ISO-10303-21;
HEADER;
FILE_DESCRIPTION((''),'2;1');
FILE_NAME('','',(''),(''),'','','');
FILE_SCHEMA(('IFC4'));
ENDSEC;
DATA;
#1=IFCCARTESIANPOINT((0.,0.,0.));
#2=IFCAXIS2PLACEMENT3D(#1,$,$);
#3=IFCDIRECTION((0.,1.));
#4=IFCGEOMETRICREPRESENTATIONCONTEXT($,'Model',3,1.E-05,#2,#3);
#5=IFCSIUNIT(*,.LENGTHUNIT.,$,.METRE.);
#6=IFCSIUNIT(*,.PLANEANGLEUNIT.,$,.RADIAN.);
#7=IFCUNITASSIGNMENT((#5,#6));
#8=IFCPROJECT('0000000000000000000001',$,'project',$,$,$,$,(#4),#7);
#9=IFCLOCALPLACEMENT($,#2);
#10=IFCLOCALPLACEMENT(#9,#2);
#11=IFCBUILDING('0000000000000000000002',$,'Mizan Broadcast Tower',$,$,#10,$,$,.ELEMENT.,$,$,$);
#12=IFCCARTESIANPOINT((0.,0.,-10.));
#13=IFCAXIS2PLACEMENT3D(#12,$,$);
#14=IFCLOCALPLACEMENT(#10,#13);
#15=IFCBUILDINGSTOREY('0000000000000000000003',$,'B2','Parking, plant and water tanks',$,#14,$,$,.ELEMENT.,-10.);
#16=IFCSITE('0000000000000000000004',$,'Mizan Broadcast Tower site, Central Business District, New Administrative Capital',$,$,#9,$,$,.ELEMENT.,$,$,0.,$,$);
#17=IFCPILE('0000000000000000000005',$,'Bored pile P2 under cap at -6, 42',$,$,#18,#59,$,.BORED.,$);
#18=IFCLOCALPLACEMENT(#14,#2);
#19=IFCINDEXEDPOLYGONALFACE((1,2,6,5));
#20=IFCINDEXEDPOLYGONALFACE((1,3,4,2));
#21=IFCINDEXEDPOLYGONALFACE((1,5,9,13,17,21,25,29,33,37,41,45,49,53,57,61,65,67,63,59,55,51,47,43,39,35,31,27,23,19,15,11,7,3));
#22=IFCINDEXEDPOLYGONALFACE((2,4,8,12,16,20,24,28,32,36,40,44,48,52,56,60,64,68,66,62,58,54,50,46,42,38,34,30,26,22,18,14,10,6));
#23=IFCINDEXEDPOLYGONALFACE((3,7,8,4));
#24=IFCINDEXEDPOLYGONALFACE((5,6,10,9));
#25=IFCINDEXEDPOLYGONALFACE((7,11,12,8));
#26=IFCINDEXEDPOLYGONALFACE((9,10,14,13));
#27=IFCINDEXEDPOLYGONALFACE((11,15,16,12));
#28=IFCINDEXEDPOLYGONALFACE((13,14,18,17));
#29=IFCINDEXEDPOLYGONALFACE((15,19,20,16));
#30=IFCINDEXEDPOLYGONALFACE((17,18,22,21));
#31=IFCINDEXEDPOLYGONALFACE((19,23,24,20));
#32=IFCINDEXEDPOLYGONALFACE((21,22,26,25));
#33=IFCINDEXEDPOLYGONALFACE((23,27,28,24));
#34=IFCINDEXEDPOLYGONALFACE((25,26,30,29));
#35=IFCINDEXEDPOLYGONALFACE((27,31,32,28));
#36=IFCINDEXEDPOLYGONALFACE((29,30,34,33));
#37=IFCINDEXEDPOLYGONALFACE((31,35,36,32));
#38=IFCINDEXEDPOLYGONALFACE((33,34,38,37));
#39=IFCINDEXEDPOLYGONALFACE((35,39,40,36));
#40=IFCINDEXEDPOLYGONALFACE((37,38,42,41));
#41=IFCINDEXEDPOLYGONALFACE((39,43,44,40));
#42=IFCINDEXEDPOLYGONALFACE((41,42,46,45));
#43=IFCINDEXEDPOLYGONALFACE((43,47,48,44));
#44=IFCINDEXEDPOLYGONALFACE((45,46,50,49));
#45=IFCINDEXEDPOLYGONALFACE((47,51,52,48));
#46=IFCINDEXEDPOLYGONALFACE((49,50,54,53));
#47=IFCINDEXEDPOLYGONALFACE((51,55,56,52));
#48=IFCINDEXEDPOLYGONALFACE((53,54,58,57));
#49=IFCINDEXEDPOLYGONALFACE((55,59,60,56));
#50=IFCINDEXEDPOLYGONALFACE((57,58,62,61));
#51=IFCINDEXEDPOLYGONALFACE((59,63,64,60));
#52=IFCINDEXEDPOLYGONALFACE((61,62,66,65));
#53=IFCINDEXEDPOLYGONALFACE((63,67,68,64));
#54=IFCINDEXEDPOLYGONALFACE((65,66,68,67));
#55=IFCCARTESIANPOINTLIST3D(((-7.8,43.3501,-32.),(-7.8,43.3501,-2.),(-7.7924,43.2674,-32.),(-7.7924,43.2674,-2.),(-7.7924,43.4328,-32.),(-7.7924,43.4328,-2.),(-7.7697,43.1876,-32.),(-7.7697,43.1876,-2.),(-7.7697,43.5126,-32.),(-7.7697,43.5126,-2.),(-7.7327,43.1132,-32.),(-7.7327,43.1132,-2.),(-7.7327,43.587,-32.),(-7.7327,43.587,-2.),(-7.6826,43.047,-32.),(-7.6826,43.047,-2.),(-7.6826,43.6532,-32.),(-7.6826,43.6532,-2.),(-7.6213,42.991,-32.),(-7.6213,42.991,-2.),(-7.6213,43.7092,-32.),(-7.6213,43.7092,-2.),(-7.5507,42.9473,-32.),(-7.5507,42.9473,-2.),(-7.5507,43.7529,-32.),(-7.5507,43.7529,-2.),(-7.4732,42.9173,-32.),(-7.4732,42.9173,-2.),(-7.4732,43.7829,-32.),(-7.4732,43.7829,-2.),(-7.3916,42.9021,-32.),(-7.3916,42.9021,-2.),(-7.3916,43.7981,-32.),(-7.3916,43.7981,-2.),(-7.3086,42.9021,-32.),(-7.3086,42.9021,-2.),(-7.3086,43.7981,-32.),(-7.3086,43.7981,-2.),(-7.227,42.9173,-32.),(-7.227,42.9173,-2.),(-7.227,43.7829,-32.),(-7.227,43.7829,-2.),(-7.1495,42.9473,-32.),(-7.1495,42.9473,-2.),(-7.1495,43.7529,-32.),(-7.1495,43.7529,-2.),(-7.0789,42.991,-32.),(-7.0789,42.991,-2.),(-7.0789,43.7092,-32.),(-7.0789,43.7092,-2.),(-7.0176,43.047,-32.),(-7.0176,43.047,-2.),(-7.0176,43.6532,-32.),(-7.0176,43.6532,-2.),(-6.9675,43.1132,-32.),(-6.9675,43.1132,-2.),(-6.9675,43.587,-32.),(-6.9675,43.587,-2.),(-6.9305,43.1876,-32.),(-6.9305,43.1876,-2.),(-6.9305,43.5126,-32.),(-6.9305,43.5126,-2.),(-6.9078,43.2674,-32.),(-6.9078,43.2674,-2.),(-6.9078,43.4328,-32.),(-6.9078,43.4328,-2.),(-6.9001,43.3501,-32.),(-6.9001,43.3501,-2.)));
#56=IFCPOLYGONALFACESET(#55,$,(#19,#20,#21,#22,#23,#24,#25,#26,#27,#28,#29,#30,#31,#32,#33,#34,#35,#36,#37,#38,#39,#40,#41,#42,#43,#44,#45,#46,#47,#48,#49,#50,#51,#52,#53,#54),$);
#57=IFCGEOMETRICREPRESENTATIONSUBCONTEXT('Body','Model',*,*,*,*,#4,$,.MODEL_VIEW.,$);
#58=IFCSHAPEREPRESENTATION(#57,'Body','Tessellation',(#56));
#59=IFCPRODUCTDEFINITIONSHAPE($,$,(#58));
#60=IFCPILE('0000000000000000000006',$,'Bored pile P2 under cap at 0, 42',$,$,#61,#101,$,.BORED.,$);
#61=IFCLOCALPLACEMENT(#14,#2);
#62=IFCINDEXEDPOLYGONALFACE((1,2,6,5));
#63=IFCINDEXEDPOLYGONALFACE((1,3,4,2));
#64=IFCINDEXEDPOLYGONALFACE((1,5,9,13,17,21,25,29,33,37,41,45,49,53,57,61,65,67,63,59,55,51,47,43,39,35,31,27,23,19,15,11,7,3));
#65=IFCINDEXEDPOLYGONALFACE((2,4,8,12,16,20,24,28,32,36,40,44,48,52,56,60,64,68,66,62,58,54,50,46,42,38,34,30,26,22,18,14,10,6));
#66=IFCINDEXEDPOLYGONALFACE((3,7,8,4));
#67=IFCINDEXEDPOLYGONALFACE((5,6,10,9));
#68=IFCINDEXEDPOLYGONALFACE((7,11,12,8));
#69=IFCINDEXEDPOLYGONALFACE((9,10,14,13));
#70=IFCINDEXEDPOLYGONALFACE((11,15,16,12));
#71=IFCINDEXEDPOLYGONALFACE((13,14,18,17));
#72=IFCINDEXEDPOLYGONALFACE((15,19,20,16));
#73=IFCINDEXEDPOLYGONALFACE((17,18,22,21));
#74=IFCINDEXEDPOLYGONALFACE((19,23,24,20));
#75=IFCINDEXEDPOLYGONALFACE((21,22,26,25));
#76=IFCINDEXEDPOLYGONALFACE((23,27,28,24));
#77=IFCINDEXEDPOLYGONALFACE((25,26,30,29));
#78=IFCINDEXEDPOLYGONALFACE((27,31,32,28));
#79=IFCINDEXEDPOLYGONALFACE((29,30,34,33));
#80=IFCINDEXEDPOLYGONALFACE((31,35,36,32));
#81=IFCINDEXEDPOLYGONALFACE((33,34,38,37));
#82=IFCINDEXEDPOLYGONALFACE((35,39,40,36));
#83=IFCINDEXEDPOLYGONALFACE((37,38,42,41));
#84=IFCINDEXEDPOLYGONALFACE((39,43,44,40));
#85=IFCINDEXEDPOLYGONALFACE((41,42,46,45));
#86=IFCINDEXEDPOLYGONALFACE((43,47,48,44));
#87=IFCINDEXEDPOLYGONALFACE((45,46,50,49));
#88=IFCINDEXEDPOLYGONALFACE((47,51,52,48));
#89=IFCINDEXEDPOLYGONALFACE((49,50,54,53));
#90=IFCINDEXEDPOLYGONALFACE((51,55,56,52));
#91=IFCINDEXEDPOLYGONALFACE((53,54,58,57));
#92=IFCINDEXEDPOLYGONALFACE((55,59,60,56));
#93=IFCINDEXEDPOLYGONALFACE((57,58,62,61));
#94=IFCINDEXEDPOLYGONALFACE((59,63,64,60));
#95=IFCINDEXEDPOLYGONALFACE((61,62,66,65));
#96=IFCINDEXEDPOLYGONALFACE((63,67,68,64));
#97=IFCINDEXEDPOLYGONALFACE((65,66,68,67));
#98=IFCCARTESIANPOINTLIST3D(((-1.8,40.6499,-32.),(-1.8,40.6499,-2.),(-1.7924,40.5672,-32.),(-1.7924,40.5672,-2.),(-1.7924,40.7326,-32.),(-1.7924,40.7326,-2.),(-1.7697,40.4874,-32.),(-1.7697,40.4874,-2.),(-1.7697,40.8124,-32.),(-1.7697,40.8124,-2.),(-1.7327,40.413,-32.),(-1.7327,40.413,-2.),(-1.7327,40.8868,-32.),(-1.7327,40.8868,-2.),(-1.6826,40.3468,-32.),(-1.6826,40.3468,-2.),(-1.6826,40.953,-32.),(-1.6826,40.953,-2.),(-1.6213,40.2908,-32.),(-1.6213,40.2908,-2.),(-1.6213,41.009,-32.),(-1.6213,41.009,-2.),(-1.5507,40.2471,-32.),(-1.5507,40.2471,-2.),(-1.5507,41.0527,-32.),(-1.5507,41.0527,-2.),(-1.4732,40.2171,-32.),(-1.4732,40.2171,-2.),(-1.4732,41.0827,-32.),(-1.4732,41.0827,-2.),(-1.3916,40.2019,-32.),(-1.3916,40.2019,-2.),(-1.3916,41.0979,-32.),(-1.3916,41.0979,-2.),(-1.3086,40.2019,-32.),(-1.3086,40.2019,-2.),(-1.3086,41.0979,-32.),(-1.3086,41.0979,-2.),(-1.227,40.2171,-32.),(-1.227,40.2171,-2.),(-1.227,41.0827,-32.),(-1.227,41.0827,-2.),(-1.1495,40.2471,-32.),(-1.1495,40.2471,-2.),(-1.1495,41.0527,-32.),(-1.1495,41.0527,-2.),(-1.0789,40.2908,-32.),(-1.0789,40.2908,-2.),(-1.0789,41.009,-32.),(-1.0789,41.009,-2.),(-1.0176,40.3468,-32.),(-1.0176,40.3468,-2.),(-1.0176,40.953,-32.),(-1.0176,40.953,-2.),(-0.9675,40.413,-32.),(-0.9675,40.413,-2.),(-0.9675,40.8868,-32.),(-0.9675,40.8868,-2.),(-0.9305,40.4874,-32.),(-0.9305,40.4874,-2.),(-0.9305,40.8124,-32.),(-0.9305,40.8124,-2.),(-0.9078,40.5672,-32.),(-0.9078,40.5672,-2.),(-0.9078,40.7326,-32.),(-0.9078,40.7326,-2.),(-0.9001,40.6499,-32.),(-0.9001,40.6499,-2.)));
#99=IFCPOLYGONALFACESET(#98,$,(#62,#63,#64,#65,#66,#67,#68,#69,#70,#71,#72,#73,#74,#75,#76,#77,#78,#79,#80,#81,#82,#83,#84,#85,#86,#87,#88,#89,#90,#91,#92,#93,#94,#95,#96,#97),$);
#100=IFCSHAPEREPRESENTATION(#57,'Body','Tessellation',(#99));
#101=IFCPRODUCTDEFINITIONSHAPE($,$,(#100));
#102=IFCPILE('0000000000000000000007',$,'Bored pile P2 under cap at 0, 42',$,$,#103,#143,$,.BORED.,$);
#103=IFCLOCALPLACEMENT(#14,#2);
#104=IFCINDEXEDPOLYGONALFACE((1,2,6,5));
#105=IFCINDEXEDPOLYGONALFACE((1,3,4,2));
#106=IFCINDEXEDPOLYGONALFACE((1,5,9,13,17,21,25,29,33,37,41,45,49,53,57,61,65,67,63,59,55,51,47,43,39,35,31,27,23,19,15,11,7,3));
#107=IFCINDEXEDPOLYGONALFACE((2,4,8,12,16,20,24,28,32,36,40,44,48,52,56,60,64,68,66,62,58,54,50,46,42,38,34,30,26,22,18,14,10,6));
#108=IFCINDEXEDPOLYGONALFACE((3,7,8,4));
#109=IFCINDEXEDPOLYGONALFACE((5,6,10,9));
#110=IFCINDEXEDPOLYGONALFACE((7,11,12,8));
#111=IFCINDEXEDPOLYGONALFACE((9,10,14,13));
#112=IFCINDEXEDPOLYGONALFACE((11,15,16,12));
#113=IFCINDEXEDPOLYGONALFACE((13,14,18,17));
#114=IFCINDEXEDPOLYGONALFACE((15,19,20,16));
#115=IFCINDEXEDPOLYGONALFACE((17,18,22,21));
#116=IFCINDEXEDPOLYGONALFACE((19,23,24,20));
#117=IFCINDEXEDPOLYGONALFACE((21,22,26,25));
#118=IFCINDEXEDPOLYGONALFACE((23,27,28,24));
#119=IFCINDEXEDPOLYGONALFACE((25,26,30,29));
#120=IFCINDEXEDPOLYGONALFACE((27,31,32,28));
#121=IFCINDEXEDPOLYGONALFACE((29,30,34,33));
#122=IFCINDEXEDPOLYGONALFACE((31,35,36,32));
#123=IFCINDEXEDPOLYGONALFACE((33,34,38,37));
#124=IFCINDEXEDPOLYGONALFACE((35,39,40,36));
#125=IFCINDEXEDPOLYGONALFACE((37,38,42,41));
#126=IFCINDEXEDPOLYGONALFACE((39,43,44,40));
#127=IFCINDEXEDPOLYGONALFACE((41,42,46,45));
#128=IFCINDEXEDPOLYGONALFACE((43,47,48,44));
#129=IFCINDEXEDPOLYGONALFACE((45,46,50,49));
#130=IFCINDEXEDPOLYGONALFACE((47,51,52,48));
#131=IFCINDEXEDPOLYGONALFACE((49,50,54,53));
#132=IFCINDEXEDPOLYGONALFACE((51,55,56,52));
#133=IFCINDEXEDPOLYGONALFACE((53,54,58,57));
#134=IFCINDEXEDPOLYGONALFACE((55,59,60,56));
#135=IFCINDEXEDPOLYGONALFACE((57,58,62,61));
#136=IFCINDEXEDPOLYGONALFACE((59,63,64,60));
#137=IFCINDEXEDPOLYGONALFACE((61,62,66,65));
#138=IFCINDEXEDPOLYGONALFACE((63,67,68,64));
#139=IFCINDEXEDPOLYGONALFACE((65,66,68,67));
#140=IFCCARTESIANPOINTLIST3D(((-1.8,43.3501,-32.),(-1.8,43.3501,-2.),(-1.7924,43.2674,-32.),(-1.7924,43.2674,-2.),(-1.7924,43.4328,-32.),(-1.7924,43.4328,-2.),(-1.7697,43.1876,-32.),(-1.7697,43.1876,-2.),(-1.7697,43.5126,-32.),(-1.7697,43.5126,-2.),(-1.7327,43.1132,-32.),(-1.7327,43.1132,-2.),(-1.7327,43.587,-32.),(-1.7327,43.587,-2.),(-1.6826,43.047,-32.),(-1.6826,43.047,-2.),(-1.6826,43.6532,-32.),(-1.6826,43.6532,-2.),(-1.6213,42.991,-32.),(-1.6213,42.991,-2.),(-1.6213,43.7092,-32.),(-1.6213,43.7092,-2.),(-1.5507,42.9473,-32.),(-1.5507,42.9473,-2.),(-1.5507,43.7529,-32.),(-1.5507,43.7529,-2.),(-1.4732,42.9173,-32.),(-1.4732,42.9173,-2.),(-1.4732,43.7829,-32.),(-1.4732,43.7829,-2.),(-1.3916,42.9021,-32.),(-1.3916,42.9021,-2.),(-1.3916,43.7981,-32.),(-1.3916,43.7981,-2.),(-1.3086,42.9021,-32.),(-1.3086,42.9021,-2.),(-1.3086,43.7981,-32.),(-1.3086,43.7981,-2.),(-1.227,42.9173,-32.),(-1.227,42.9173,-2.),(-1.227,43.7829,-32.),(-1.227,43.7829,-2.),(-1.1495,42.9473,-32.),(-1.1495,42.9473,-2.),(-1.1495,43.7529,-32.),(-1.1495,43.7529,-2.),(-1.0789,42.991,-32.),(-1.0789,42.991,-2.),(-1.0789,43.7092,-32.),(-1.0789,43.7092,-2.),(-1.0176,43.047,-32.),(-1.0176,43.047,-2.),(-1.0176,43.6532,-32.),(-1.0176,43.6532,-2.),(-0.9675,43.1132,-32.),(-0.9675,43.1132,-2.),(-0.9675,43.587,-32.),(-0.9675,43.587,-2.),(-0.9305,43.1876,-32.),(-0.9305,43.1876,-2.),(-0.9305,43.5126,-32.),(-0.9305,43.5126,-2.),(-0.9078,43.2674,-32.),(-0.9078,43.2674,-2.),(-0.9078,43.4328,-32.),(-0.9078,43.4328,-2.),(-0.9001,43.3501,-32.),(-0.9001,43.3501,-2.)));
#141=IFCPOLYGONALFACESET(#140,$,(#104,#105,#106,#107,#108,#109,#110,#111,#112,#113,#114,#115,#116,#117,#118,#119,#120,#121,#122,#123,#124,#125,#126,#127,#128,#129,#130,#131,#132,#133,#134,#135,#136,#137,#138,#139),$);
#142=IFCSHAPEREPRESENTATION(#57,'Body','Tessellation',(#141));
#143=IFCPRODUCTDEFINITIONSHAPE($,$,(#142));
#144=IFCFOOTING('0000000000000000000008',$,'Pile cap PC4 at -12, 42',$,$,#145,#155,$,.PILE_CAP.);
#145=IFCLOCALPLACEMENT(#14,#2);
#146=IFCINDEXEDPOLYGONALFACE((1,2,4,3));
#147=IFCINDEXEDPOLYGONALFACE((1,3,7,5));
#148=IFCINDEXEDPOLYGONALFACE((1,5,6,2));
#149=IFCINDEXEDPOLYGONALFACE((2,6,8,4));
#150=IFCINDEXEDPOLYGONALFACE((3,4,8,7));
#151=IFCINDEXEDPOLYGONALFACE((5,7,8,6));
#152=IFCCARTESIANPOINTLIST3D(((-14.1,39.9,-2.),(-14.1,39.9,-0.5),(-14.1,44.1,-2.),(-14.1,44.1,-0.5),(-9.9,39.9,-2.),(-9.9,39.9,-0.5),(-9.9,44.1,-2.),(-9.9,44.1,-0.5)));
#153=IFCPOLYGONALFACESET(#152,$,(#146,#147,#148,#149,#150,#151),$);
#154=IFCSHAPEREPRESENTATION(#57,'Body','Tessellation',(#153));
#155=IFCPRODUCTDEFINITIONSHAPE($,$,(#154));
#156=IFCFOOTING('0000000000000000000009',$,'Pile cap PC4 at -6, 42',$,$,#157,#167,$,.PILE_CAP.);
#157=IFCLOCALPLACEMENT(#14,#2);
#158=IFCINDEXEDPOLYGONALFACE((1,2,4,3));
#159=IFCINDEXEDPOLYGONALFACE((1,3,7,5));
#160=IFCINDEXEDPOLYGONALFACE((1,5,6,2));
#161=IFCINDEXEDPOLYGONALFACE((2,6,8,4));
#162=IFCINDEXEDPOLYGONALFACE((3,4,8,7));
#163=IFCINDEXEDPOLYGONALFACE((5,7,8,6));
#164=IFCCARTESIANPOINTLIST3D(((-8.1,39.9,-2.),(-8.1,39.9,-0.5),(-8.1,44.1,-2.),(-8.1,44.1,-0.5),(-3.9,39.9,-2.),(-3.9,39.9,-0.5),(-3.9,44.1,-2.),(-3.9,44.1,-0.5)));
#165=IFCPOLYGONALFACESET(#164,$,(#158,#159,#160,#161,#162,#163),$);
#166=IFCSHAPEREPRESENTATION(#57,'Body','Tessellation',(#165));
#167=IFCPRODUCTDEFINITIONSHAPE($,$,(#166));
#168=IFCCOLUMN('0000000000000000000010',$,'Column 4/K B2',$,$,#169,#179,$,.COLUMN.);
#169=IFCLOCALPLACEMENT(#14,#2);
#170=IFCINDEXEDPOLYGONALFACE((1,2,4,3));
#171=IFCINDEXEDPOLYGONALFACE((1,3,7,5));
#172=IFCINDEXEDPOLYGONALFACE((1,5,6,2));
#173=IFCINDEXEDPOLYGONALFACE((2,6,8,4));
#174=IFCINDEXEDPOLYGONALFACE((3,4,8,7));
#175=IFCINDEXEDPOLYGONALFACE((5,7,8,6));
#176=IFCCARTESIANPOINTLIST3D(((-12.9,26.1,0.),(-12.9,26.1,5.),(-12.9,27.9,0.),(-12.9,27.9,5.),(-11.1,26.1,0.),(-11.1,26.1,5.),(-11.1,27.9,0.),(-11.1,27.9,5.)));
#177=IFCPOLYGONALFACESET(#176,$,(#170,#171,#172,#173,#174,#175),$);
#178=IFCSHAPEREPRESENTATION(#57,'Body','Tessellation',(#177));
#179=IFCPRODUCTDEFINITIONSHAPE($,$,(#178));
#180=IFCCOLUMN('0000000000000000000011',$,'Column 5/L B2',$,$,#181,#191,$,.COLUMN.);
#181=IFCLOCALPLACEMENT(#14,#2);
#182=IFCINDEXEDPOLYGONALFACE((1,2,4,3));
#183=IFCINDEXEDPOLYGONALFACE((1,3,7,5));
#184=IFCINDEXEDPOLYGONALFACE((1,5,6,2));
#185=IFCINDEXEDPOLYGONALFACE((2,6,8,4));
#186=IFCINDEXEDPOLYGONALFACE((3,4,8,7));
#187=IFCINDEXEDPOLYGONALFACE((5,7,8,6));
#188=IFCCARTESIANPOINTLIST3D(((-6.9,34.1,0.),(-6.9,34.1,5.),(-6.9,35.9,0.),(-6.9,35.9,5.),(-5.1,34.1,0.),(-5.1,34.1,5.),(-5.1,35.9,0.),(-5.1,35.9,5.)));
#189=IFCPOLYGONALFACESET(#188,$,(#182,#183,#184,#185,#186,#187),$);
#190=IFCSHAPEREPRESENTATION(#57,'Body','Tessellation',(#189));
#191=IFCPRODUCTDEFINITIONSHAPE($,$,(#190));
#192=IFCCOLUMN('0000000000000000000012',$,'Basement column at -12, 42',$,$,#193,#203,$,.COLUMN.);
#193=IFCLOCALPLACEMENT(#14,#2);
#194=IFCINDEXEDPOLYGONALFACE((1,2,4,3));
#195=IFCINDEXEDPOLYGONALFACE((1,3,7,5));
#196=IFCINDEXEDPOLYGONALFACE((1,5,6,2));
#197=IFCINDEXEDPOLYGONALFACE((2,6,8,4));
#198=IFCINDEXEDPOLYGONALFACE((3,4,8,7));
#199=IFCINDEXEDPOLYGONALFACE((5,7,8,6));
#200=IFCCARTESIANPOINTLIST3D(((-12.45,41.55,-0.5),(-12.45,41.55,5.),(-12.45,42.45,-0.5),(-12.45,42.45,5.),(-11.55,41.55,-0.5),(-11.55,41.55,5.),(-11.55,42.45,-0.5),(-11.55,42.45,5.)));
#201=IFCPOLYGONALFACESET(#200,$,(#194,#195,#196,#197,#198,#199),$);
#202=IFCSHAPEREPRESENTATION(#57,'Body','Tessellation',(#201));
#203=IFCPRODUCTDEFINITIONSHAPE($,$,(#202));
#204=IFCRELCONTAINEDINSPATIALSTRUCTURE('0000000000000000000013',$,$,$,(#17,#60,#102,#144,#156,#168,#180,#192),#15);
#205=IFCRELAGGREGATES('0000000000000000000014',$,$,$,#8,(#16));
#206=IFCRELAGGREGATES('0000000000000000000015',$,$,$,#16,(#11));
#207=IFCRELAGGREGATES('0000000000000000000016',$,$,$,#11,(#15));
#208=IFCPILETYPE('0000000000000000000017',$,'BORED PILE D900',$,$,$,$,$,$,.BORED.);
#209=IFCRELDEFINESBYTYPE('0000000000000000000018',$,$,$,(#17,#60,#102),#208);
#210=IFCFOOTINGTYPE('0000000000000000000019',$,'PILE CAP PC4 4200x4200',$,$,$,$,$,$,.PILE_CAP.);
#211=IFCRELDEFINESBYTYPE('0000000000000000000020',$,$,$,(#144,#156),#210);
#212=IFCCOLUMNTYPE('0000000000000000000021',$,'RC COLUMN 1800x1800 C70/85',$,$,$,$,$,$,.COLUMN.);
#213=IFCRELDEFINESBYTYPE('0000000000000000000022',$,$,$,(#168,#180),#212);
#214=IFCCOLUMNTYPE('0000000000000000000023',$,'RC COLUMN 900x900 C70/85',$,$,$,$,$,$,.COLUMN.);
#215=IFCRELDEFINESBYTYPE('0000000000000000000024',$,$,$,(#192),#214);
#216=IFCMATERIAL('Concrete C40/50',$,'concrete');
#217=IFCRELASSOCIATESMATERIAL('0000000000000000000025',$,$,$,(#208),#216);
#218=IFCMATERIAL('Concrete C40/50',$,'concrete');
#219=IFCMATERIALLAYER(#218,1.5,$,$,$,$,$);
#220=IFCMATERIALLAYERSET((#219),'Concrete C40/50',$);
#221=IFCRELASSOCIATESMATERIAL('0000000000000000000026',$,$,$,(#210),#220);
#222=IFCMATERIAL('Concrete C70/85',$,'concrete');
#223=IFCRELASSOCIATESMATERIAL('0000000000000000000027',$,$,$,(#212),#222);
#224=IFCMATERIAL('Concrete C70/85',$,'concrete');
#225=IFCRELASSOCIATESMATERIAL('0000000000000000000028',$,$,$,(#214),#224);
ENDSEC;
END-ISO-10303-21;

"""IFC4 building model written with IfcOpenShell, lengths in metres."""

from ifc_helpers import new_model, si_unit, direction, frame, origin, origin_2d, place, context, subcontext, project, spatial, rectangle, circle, extrude, material, layer, layer_set, material_profile, profile_set, type_object, element, save


model = new_model("IFC4")

# Units and contexts
model_context = context("Model", 3, precision=1e-05, world=origin(), true_north=direction((0.0, 1.0)))
body_context = subcontext(model_context, "Body", "Model", "MODEL_VIEW")
ifc_project = project(units=[si_unit("LENGTHUNIT", "METRE"), si_unit("PLANEANGLEUNIT", "RADIAN")], contexts=[model_context])

# Site, building, storey
site_placement = place(None, origin())
site = spatial("IfcSite", under=ifc_project, at=site_placement, Name="Mizan Broadcast Tower site, Central Business District, New Administrative Capital", CompositionType="ELEMENT", RefElevation=0.0)
building_placement = place(site_placement, origin())
building = spatial("IfcBuilding", under=site, at=building_placement, Name="Mizan Broadcast Tower", CompositionType="ELEMENT")
storey_placement = place(building_placement, frame((0.0, 0.0, -10.0)))
storey = spatial("IfcBuildingStorey", under=building, at=storey_placement, Name="B2", Description="Parking, plant and water tanks", CompositionType="ELEMENT", Elevation=-10.0)

# Piles
ifc_material_1 = material(Name="Concrete C40/50", Category="concrete")
ifc_material_profile_1 = material_profile(ifc_material_1, circle(Radius=0.45, at=origin_2d()), Name="D900")
ifc_profile_set_1 = profile_set([ifc_material_profile_1], Name="Concrete C40/50")
pile_type_1 = type_object("IfcPileType", Name="BORED PILE D900", PredefinedType="BORED", material=ifc_profile_set_1)
for number, where, z_axis, x_axis, name in (
    (1, (-7.3501, 43.3501, -2.0), (0.0, 0.0, -1.0), (1.0, 0.0, 0.0), "Bored pile P2 under cap at -6, 42"),
    (2, (-1.3501, 40.6499, -2.0), (0.0, 0.0, -1.0), (1.0, 0.0, 0.0), "Bored pile P2 under cap at 0, 42"),
    (3, (-1.3501, 43.3501, -2.0), (0.0, 0.0, -1.0), (1.0, 0.0, 0.0), "Bored pile P2 under cap at 0, 42"),
):
    element("IfcPile", number, at=place(storey_placement, frame(where, z_axis=z_axis, x_axis=x_axis)), inside=storey, type_object=pile_type_1, Name=name, PredefinedType="BORED", context=body_context, shape_type="SweptSolid", body=[
        extrude(circle(Radius=0.45, at=origin_2d()), origin(), (0.0, 0.0, 1.0), 30.0),
    ])

# Footings
ifc_material_2 = material(Name="Concrete C40/50", Category="concrete")
ifc_layer_1 = layer(ifc_material_2, 1.5)
ifc_layer_set_1 = layer_set([ifc_layer_1], Name="Concrete C40/50")
footing_type = type_object("IfcFootingType", Name="PILE CAP PC4 4200x4200", PredefinedType="PILE_CAP", material=ifc_layer_set_1)
for number, where, z_axis, x_axis, name in (
    (4, (-12.0, 42.0, -2.0), (0.0, 0.0, 1.0), (1.0, 0.0, 0.0), "Pile cap PC4 at -12, 42"),
    (5, (-6.0, 42.0, -2.0), (0.0, 0.0, 1.0), (1.0, 0.0, 0.0), "Pile cap PC4 at -6, 42"),
):
    element("IfcFooting", number, at=place(storey_placement, frame(where, z_axis=z_axis, x_axis=x_axis)), inside=storey, type_object=footing_type, Name=name, PredefinedType="PILE_CAP", context=body_context, shape_type="SweptSolid", body=[
        extrude(rectangle(XDim=4.2, YDim=4.2, at=origin_2d()), origin(), (0.0, 0.0, 1.0), 1.5),
    ])

# Columns
ifc_material_3 = material(Name="Concrete C70/85", Category="concrete")
ifc_material_profile_2 = material_profile(ifc_material_3, rectangle(XDim=1.8, YDim=1.8, at=origin_2d()), Name="RC 1800x1800")
ifc_profile_set_2 = profile_set([ifc_material_profile_2], Name="Concrete C70/85")
column_type_1 = type_object("IfcColumnType", Name="RC COLUMN 1800x1800 C70/85", PredefinedType="COLUMN", material=ifc_profile_set_2)
for number, where, z_axis, x_axis, name in (
    (6, (-12.0, 27.0, 0.0), (0.0, 0.0, 1.0), (1.0, 0.0, 0.0), "Column 4/K B2"),
    (7, (-6.0, 35.0, 0.0), (0.0, 0.0, 1.0), (1.0, 0.0, 0.0), "Column 5/L B2"),
):
    element("IfcColumn", number, at=place(storey_placement, frame(where, z_axis=z_axis, x_axis=x_axis)), inside=storey, type_object=column_type_1, Name=name, PredefinedType="COLUMN", context=body_context, shape_type="SweptSolid", body=[
        extrude(rectangle(XDim=1.8, YDim=1.8, at=origin_2d()), origin(), (0.0, 0.0, 1.0), 5.0),
    ])
ifc_material_4 = material(Name="Concrete C70/85", Category="concrete")
ifc_material_profile_3 = material_profile(ifc_material_4, rectangle(XDim=0.8999, YDim=0.8999, at=origin_2d()), Name="RC 900x900")
ifc_profile_set_3 = profile_set([ifc_material_profile_3], Name="Concrete C70/85")
column_type_2 = type_object("IfcColumnType", Name="RC COLUMN 900x900 C70/85", PredefinedType="COLUMN", material=ifc_profile_set_3)
for number, where, z_axis, x_axis, name in (
    (8, (-12.0, 42.0, -0.5), (0.0, 0.0, 1.0), (1.0, 0.0, 0.0), "Basement column at -12, 42"),
):
    element("IfcColumn", number, at=place(storey_placement, frame(where, z_axis=z_axis, x_axis=x_axis)), inside=storey, type_object=column_type_2, Name=name, PredefinedType="COLUMN", context=body_context, shape_type="SweptSolid", body=[
        extrude(rectangle(XDim=0.8999, YDim=0.8999, at=origin_2d()), origin(), (0.0, 0.0, 1.0), 5.5),
    ])

save(model, "model.ifc")
